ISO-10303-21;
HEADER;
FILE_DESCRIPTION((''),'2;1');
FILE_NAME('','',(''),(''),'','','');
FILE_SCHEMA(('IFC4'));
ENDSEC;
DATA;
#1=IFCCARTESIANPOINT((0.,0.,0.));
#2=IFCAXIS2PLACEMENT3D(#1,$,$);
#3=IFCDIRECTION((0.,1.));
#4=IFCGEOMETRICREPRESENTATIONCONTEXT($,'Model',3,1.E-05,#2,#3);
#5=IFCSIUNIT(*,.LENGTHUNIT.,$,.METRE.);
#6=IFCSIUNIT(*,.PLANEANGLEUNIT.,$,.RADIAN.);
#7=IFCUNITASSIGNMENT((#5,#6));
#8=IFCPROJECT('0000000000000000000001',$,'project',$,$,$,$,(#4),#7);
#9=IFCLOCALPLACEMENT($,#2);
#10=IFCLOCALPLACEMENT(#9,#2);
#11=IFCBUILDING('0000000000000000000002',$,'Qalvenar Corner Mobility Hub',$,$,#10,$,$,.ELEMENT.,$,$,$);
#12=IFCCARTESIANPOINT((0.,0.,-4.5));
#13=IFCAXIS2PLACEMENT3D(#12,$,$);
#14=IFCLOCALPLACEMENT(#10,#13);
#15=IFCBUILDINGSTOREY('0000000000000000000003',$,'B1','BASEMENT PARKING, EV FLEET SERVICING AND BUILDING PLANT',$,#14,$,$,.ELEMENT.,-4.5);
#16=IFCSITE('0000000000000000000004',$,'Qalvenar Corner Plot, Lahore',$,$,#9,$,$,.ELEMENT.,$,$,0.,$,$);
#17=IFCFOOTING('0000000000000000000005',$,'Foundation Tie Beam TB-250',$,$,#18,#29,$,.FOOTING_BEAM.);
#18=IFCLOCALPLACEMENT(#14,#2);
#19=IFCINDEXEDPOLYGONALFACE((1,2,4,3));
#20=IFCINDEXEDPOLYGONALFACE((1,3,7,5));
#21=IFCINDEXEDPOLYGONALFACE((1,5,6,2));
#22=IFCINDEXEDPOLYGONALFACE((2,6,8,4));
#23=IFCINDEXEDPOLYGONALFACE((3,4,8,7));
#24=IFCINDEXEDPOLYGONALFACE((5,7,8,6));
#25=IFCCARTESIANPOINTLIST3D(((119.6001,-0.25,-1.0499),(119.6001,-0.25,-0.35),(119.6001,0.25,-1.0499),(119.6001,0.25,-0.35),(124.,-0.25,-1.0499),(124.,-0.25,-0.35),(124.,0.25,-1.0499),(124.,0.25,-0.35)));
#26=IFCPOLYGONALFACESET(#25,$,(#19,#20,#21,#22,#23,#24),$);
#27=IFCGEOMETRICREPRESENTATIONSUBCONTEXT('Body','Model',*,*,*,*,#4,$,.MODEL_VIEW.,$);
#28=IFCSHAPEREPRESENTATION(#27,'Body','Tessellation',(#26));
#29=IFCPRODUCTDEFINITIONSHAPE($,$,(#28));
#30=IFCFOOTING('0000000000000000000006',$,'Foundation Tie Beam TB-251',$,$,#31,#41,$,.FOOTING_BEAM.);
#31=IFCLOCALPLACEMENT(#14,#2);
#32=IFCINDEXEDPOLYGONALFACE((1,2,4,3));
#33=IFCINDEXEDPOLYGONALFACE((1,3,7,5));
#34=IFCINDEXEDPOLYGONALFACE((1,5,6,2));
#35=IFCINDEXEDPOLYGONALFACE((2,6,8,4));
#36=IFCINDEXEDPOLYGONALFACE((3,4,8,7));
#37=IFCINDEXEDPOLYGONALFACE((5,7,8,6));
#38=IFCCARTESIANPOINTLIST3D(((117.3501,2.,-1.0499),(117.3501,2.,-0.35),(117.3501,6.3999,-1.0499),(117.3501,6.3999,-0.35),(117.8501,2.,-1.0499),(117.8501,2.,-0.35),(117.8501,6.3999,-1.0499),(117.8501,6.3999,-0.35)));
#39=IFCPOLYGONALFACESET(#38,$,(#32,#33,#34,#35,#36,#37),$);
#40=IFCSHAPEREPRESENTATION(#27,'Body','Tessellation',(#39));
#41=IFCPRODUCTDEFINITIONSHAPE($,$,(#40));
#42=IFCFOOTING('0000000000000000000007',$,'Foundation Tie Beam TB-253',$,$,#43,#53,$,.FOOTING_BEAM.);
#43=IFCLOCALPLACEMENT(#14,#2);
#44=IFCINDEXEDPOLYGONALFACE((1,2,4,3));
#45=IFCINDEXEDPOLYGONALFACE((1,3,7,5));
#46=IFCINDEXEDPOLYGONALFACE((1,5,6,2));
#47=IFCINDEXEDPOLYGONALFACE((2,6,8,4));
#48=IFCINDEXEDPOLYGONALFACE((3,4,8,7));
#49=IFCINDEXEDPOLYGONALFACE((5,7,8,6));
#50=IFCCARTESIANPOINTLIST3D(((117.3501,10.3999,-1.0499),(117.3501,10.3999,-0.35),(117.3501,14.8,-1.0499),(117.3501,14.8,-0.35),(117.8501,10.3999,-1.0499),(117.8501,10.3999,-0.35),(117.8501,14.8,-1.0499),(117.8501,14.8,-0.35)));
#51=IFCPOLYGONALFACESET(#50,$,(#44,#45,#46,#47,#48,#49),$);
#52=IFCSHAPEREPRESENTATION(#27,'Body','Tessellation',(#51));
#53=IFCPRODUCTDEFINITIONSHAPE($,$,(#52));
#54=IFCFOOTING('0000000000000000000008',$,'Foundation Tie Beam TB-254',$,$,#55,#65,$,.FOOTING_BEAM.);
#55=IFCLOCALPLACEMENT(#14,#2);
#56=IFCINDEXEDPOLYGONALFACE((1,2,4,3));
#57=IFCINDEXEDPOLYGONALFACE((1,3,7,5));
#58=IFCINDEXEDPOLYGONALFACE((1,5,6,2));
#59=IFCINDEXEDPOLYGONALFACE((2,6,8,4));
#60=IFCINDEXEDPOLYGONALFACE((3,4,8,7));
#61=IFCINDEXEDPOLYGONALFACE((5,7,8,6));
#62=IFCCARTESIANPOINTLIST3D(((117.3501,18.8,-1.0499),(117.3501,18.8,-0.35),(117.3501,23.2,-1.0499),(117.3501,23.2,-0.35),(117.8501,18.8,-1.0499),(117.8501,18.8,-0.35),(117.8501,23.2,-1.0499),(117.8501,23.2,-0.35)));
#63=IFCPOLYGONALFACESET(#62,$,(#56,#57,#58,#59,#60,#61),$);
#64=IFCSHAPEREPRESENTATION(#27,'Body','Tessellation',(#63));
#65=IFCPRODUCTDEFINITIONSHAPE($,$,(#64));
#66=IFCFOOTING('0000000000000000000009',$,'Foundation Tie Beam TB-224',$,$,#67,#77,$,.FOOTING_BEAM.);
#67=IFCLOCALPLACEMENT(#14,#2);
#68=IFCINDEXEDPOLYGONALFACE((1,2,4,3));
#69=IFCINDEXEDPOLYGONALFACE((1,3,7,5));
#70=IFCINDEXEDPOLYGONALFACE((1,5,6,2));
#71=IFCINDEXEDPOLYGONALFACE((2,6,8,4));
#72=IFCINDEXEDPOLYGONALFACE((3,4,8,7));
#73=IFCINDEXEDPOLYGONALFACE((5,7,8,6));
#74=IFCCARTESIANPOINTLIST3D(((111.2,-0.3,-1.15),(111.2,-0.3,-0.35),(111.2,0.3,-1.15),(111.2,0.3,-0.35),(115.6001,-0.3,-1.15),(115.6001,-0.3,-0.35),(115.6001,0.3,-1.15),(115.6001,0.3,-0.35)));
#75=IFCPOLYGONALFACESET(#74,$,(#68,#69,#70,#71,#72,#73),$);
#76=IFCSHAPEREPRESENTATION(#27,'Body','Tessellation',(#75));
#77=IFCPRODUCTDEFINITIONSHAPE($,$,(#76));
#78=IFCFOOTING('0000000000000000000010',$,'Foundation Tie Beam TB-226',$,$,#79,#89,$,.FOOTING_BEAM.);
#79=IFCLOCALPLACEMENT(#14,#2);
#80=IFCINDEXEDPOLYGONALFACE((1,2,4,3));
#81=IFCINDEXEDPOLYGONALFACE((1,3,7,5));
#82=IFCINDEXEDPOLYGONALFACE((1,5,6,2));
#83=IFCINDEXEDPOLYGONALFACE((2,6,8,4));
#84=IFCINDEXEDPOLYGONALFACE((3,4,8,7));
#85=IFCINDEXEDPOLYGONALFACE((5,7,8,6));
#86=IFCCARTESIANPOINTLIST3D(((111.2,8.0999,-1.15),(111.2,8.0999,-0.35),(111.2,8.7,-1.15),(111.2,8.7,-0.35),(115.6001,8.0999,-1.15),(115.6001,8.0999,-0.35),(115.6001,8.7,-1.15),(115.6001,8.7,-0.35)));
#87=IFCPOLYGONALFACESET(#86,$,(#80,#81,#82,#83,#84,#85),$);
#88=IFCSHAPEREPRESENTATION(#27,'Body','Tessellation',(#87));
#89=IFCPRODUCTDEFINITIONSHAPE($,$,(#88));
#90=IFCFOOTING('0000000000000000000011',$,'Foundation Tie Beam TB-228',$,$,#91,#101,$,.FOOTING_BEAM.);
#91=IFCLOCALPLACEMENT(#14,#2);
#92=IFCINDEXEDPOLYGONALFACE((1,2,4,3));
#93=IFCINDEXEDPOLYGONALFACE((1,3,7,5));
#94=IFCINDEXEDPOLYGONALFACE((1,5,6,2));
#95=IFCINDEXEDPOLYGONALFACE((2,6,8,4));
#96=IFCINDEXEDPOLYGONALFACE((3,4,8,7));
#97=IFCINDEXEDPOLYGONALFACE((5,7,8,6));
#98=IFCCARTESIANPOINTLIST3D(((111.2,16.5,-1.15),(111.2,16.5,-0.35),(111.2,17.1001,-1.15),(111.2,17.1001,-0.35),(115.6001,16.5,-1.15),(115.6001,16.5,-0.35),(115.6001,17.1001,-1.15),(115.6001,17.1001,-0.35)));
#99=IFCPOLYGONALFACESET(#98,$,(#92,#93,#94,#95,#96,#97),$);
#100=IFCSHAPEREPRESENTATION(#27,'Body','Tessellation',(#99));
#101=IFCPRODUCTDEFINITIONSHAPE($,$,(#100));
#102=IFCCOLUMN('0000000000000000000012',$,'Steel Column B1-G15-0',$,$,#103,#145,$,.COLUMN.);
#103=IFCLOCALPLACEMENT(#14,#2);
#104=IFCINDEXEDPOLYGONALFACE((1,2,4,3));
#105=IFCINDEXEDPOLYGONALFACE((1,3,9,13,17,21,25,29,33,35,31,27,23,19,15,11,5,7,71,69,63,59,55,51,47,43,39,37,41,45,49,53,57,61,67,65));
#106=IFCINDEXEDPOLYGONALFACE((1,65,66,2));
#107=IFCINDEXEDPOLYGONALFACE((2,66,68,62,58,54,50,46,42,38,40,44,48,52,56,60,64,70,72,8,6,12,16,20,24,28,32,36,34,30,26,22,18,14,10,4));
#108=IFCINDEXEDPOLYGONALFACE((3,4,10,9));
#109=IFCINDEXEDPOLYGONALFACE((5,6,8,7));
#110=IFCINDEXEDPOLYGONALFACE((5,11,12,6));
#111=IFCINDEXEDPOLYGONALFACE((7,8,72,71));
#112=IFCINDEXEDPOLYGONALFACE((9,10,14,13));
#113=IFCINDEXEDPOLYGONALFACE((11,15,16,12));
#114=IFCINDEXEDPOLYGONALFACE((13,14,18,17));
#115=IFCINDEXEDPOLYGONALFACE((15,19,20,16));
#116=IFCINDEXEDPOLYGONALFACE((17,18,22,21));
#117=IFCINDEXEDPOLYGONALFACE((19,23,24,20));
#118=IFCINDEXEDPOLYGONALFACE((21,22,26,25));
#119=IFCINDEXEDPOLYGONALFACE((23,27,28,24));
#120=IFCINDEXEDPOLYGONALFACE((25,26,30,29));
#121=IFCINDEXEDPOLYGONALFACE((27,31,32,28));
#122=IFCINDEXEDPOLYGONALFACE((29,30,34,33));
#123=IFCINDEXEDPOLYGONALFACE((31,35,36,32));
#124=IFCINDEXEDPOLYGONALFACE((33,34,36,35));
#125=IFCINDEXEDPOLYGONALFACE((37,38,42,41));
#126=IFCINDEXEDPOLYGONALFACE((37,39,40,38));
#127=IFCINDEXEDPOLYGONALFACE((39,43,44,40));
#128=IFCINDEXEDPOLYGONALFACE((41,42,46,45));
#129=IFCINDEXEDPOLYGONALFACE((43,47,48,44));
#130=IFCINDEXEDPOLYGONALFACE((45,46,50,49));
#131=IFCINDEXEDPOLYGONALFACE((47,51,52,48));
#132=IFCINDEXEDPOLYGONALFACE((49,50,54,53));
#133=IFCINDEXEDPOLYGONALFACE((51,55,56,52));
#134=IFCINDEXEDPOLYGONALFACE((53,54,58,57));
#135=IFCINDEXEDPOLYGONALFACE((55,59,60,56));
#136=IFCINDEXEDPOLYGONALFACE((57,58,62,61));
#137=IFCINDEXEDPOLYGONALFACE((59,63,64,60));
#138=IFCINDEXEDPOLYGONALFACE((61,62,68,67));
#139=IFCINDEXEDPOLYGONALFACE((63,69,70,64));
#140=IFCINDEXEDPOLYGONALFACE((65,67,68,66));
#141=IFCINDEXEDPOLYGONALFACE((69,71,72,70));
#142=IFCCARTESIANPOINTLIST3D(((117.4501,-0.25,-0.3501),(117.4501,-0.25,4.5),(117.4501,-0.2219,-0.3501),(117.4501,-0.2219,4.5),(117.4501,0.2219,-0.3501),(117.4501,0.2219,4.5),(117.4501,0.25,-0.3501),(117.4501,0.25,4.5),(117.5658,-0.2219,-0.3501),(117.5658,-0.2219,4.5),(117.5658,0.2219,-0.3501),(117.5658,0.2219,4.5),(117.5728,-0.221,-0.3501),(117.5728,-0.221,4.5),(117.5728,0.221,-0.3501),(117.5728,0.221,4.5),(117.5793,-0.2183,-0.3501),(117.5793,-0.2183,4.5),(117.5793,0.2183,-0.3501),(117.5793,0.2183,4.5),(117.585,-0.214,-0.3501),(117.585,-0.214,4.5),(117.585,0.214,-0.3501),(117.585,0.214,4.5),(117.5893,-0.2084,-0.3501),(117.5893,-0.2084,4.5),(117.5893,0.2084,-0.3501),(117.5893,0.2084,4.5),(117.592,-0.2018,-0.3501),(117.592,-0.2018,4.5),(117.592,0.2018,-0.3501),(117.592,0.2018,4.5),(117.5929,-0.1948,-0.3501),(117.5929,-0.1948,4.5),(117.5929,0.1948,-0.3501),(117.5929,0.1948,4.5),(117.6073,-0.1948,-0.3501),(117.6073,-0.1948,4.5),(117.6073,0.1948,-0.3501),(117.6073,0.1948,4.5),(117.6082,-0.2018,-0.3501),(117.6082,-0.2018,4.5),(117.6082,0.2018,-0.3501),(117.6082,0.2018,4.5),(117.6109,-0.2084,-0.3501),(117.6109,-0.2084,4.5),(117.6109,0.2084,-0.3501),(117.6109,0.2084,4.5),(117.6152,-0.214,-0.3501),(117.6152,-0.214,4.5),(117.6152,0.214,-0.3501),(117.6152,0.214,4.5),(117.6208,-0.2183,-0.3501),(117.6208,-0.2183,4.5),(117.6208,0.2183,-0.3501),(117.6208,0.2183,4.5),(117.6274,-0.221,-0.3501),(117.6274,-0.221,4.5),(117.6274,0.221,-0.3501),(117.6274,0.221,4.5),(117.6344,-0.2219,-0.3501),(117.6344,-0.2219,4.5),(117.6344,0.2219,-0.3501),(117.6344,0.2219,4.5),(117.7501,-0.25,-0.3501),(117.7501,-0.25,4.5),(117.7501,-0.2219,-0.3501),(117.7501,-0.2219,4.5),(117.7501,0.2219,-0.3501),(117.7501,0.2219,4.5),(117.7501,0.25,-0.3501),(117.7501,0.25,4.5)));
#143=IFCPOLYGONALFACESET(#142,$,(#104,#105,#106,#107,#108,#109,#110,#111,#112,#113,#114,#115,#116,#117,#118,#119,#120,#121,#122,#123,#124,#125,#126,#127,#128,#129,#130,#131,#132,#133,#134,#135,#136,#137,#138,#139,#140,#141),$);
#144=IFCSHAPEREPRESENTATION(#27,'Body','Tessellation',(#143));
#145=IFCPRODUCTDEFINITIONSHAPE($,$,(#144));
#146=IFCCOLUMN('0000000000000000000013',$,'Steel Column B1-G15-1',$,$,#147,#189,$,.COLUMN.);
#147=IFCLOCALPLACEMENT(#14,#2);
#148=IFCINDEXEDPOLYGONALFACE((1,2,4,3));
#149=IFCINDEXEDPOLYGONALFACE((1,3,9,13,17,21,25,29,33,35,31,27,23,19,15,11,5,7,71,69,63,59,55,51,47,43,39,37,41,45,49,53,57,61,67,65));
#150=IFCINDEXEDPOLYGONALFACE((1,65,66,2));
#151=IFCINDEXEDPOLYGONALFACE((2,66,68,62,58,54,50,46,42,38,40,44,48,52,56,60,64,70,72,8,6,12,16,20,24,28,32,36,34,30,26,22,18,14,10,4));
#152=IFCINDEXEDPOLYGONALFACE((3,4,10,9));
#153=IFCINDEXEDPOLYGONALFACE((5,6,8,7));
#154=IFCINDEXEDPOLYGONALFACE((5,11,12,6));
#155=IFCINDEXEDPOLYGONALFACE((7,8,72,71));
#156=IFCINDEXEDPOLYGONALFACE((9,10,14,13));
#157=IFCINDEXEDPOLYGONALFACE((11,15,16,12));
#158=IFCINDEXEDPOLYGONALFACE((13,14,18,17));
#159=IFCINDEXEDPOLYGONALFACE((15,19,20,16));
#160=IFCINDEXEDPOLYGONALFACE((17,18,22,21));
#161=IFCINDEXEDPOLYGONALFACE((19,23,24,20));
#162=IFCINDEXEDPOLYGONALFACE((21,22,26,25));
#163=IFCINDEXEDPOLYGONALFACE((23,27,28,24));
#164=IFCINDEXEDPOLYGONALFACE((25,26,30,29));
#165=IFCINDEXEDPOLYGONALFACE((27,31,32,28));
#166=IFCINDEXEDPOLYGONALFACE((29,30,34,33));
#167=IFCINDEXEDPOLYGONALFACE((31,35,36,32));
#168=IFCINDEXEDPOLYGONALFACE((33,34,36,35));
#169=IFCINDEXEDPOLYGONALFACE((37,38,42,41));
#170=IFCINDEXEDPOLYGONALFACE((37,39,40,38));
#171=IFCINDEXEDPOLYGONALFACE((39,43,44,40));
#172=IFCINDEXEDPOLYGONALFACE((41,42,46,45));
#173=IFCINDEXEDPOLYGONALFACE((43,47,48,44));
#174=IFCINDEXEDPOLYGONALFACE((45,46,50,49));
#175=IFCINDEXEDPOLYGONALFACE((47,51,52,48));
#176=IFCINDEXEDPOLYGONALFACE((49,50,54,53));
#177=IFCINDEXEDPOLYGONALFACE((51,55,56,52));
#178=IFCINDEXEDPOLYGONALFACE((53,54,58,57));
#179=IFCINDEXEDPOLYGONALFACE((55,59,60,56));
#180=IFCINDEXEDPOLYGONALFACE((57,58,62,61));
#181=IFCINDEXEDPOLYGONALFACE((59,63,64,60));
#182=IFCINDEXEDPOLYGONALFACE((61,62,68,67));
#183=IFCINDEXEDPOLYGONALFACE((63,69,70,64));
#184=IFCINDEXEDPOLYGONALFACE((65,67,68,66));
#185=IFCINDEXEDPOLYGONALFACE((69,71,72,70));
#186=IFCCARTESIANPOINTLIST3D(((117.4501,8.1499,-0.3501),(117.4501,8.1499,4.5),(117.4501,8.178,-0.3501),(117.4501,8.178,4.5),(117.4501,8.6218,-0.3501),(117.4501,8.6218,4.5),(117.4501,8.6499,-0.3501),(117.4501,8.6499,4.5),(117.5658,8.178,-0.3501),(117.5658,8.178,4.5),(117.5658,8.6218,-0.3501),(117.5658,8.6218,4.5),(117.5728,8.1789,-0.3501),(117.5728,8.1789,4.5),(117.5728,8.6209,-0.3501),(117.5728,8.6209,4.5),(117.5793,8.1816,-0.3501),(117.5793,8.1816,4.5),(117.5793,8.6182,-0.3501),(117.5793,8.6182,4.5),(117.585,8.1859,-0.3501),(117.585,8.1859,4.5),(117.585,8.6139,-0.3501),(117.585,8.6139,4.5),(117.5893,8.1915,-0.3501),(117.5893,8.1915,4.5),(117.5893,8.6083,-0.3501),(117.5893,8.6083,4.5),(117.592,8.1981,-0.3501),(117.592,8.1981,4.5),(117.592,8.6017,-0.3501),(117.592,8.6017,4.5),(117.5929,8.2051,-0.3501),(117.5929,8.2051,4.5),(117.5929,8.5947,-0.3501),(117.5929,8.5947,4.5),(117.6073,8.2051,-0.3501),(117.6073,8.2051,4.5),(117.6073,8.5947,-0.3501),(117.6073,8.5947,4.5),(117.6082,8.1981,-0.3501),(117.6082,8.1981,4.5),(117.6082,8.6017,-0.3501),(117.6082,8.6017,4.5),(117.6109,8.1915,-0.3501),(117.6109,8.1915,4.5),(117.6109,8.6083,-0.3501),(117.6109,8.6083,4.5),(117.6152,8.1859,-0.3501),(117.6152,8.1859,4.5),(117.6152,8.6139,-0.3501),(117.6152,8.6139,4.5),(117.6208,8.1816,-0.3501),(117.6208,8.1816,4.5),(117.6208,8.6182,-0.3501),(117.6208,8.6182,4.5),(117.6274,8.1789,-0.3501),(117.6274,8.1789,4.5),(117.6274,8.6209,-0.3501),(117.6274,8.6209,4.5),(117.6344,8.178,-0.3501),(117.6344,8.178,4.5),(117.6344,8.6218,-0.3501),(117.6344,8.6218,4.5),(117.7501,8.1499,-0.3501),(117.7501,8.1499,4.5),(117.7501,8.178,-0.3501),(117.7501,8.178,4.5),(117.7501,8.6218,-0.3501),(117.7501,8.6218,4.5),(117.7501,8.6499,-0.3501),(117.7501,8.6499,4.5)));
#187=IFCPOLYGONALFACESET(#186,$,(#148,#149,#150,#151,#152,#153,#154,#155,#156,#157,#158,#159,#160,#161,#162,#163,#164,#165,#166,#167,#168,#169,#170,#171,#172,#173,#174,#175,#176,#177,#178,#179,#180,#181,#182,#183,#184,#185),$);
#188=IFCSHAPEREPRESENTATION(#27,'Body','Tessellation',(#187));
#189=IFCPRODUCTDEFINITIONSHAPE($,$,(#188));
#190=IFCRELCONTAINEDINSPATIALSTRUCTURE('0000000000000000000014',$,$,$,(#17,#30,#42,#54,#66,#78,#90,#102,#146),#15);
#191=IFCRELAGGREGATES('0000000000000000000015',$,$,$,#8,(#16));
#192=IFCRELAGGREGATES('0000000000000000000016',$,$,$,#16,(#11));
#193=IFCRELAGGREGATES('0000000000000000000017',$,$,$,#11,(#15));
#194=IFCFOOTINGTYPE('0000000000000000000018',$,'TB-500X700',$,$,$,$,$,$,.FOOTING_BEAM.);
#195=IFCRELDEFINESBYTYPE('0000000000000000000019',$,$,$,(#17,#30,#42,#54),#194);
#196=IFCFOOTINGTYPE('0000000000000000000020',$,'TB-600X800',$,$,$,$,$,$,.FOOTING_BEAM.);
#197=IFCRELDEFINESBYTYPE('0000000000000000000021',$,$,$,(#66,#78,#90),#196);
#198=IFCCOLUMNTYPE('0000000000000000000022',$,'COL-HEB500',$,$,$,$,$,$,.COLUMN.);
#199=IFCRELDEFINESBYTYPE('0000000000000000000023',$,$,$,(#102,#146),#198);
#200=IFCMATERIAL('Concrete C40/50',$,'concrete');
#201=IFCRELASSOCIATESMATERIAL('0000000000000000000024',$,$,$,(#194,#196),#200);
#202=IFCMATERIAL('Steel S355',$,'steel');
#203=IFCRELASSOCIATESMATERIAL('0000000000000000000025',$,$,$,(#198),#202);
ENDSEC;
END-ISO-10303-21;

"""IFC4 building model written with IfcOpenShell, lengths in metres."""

from ifc_helpers import new_model, si_unit, direction, frame, origin, origin_2d, place, context, subcontext, project, spatial, rectangle, i_section, extrude, material, material_profile, profile_set, type_object, element, save


model = new_model("IFC4")

# Units and contexts
model_context = context("Model", 3, precision=1e-05, world=origin(), true_north=direction((0.0, 1.0)))
body_context = subcontext(model_context, "Body", "Model", "MODEL_VIEW")
ifc_project = project(units=[si_unit("LENGTHUNIT", "METRE"), si_unit("PLANEANGLEUNIT", "RADIAN")], contexts=[model_context])

# Site, building, storey
site_placement = place(None, origin())
site = spatial("IfcSite", under=ifc_project, at=site_placement, Name="Qalvenar Corner Plot, Lahore", CompositionType="ELEMENT", RefElevation=0.0)
building_placement = place(site_placement, origin())
building = spatial("IfcBuilding", under=site, at=building_placement, Name="Qalvenar Corner Mobility Hub", CompositionType="ELEMENT")
storey_placement = place(building_placement, frame((0.0, 0.0, -4.5)))
storey = spatial("IfcBuildingStorey", under=building, at=storey_placement, Name="B1", Description="BASEMENT PARKING, EV FLEET SERVICING AND BUILDING PLANT", CompositionType="ELEMENT", Elevation=-4.5)

# Shared definitions
ifc_material_1 = material(Name="Concrete C40/50", Category="concrete")

# Footings
ifc_material_profile_1 = material_profile(ifc_material_1, rectangle(XDim=0.5, YDim=0.7, at=origin_2d()), Name="RC500x700")
ifc_profile_set_1 = profile_set([ifc_material_profile_1], Name="Concrete C40/50")
footing_type_1 = type_object("IfcFootingType", Name="TB-500X700", PredefinedType="FOOTING_BEAM", material=ifc_profile_set_1)
for number, where, z_axis, x_axis, name in (
    (1, (119.6001, 0.0, -0.7), (1.0, 0.0, 0.0), (0.0, 1.0, 0.0), "Foundation Tie Beam TB-250"),
    (2, (117.6001, 2.0, -0.7), (0.0, 1.0, 0.0), (-1.0, 0.0, 0.0), "Foundation Tie Beam TB-251"),
):
    element("IfcFooting", number, at=place(storey_placement, frame(where, z_axis=z_axis, x_axis=x_axis)), inside=storey, type_object=footing_type_1, Name=name, PredefinedType="FOOTING_BEAM", context=body_context, shape_type="SweptSolid", body=[
        extrude(rectangle(XDim=0.5, YDim=0.7, at=origin_2d()), origin(), (0.0, 0.0, 1.0), 4.3999),
    ])
footing_1_placement = place(storey_placement, frame((117.6001, 10.3999, -0.7), z_axis=(0.0, 1.0, 0.0), x_axis=(-1.0, 0.0, 0.0)))
element("IfcFooting", 3, at=footing_1_placement, inside=storey, type_object=footing_type_1, Name="Foundation Tie Beam TB-253", PredefinedType="FOOTING_BEAM", context=body_context, shape_type="SweptSolid", body=[
    extrude(rectangle(XDim=0.5, YDim=0.7, at=origin_2d()), origin(), (0.0, 0.0, 1.0), 4.4001),
])
footing_2_placement = place(storey_placement, frame((117.6001, 18.8, -0.7), z_axis=(0.0, 1.0, 0.0), x_axis=(-1.0, 0.0, 0.0)))
element("IfcFooting", 4, at=footing_2_placement, inside=storey, type_object=footing_type_1, Name="Foundation Tie Beam TB-254", PredefinedType="FOOTING_BEAM", context=body_context, shape_type="SweptSolid", body=[
    extrude(rectangle(XDim=0.5, YDim=0.7, at=origin_2d()), origin(), (0.0, 0.0, 1.0), 4.3999),
])
ifc_material_profile_2 = material_profile(ifc_material_1, rectangle(XDim=0.6001, YDim=0.8, at=origin_2d()), Name="RC600x800")
ifc_profile_set_2 = profile_set([ifc_material_profile_2], Name="Concrete C40/50")
footing_type_2 = type_object("IfcFootingType", Name="TB-600X800", PredefinedType="FOOTING_BEAM", material=ifc_profile_set_2)
for number, where, z_axis, x_axis, name in (
    (5, (111.2, 0.0, -0.75), (1.0, 0.0, 0.0), (0.0, 1.0, 0.0), "Foundation Tie Beam TB-224"),
    (6, (111.2, 8.3999, -0.75), (1.0, 0.0, 0.0), (0.0, 1.0, 0.0), "Foundation Tie Beam TB-226"),
    (7, (111.2, 16.8, -0.75), (1.0, 0.0, 0.0), (0.0, 1.0, 0.0), "Foundation Tie Beam TB-228"),
):
    element("IfcFooting", number, at=place(storey_placement, frame(where, z_axis=z_axis, x_axis=x_axis)), inside=storey, type_object=footing_type_2, Name=name, PredefinedType="FOOTING_BEAM", context=body_context, shape_type="SweptSolid", body=[
        extrude(rectangle(XDim=0.6001, YDim=0.8, at=origin_2d()), origin(), (0.0, 0.0, 1.0), 4.4001),
    ])

# Columns
ifc_material_2 = material(Name="Steel S355", Category="steel")
ifc_material_profile_3 = material_profile(ifc_material_2, i_section(OverallWidth=0.3, OverallDepth=0.5, WebThickness=0.0144, FlangeThickness=0.0281, FilletRadius=0.0271, at=origin_2d()), Name="HEB500")
ifc_profile_set_3 = profile_set([ifc_material_profile_3], Name="Steel S355")
column_type = type_object("IfcColumnType", Name="COL-HEB500", PredefinedType="COLUMN", material=ifc_profile_set_3)
for number, where, z_axis, x_axis, name in (
    (8, (117.6001, 0.0, -0.3501), (0.0, 0.0, 1.0), (1.0, 0.0, 0.0), "Steel Column B1-G15-0"),
    (9, (117.6001, 8.3999, -0.3501), (0.0, 0.0, 1.0), (1.0, 0.0, 0.0), "Steel Column B1-G15-1"),
):
    element("IfcColumn", number, at=place(storey_placement, frame(where, z_axis=z_axis, x_axis=x_axis)), inside=storey, type_object=column_type, Name=name, PredefinedType="COLUMN", context=body_context, shape_type="SweptSolid", body=[
        extrude(i_section(OverallWidth=0.3, OverallDepth=0.5, WebThickness=0.0144, FlangeThickness=0.0281, FilletRadius=0.0271, at=origin_2d()), origin(), (0.0, 0.0, 1.0), 4.8501),
    ])

save(model, "model.ifc")
